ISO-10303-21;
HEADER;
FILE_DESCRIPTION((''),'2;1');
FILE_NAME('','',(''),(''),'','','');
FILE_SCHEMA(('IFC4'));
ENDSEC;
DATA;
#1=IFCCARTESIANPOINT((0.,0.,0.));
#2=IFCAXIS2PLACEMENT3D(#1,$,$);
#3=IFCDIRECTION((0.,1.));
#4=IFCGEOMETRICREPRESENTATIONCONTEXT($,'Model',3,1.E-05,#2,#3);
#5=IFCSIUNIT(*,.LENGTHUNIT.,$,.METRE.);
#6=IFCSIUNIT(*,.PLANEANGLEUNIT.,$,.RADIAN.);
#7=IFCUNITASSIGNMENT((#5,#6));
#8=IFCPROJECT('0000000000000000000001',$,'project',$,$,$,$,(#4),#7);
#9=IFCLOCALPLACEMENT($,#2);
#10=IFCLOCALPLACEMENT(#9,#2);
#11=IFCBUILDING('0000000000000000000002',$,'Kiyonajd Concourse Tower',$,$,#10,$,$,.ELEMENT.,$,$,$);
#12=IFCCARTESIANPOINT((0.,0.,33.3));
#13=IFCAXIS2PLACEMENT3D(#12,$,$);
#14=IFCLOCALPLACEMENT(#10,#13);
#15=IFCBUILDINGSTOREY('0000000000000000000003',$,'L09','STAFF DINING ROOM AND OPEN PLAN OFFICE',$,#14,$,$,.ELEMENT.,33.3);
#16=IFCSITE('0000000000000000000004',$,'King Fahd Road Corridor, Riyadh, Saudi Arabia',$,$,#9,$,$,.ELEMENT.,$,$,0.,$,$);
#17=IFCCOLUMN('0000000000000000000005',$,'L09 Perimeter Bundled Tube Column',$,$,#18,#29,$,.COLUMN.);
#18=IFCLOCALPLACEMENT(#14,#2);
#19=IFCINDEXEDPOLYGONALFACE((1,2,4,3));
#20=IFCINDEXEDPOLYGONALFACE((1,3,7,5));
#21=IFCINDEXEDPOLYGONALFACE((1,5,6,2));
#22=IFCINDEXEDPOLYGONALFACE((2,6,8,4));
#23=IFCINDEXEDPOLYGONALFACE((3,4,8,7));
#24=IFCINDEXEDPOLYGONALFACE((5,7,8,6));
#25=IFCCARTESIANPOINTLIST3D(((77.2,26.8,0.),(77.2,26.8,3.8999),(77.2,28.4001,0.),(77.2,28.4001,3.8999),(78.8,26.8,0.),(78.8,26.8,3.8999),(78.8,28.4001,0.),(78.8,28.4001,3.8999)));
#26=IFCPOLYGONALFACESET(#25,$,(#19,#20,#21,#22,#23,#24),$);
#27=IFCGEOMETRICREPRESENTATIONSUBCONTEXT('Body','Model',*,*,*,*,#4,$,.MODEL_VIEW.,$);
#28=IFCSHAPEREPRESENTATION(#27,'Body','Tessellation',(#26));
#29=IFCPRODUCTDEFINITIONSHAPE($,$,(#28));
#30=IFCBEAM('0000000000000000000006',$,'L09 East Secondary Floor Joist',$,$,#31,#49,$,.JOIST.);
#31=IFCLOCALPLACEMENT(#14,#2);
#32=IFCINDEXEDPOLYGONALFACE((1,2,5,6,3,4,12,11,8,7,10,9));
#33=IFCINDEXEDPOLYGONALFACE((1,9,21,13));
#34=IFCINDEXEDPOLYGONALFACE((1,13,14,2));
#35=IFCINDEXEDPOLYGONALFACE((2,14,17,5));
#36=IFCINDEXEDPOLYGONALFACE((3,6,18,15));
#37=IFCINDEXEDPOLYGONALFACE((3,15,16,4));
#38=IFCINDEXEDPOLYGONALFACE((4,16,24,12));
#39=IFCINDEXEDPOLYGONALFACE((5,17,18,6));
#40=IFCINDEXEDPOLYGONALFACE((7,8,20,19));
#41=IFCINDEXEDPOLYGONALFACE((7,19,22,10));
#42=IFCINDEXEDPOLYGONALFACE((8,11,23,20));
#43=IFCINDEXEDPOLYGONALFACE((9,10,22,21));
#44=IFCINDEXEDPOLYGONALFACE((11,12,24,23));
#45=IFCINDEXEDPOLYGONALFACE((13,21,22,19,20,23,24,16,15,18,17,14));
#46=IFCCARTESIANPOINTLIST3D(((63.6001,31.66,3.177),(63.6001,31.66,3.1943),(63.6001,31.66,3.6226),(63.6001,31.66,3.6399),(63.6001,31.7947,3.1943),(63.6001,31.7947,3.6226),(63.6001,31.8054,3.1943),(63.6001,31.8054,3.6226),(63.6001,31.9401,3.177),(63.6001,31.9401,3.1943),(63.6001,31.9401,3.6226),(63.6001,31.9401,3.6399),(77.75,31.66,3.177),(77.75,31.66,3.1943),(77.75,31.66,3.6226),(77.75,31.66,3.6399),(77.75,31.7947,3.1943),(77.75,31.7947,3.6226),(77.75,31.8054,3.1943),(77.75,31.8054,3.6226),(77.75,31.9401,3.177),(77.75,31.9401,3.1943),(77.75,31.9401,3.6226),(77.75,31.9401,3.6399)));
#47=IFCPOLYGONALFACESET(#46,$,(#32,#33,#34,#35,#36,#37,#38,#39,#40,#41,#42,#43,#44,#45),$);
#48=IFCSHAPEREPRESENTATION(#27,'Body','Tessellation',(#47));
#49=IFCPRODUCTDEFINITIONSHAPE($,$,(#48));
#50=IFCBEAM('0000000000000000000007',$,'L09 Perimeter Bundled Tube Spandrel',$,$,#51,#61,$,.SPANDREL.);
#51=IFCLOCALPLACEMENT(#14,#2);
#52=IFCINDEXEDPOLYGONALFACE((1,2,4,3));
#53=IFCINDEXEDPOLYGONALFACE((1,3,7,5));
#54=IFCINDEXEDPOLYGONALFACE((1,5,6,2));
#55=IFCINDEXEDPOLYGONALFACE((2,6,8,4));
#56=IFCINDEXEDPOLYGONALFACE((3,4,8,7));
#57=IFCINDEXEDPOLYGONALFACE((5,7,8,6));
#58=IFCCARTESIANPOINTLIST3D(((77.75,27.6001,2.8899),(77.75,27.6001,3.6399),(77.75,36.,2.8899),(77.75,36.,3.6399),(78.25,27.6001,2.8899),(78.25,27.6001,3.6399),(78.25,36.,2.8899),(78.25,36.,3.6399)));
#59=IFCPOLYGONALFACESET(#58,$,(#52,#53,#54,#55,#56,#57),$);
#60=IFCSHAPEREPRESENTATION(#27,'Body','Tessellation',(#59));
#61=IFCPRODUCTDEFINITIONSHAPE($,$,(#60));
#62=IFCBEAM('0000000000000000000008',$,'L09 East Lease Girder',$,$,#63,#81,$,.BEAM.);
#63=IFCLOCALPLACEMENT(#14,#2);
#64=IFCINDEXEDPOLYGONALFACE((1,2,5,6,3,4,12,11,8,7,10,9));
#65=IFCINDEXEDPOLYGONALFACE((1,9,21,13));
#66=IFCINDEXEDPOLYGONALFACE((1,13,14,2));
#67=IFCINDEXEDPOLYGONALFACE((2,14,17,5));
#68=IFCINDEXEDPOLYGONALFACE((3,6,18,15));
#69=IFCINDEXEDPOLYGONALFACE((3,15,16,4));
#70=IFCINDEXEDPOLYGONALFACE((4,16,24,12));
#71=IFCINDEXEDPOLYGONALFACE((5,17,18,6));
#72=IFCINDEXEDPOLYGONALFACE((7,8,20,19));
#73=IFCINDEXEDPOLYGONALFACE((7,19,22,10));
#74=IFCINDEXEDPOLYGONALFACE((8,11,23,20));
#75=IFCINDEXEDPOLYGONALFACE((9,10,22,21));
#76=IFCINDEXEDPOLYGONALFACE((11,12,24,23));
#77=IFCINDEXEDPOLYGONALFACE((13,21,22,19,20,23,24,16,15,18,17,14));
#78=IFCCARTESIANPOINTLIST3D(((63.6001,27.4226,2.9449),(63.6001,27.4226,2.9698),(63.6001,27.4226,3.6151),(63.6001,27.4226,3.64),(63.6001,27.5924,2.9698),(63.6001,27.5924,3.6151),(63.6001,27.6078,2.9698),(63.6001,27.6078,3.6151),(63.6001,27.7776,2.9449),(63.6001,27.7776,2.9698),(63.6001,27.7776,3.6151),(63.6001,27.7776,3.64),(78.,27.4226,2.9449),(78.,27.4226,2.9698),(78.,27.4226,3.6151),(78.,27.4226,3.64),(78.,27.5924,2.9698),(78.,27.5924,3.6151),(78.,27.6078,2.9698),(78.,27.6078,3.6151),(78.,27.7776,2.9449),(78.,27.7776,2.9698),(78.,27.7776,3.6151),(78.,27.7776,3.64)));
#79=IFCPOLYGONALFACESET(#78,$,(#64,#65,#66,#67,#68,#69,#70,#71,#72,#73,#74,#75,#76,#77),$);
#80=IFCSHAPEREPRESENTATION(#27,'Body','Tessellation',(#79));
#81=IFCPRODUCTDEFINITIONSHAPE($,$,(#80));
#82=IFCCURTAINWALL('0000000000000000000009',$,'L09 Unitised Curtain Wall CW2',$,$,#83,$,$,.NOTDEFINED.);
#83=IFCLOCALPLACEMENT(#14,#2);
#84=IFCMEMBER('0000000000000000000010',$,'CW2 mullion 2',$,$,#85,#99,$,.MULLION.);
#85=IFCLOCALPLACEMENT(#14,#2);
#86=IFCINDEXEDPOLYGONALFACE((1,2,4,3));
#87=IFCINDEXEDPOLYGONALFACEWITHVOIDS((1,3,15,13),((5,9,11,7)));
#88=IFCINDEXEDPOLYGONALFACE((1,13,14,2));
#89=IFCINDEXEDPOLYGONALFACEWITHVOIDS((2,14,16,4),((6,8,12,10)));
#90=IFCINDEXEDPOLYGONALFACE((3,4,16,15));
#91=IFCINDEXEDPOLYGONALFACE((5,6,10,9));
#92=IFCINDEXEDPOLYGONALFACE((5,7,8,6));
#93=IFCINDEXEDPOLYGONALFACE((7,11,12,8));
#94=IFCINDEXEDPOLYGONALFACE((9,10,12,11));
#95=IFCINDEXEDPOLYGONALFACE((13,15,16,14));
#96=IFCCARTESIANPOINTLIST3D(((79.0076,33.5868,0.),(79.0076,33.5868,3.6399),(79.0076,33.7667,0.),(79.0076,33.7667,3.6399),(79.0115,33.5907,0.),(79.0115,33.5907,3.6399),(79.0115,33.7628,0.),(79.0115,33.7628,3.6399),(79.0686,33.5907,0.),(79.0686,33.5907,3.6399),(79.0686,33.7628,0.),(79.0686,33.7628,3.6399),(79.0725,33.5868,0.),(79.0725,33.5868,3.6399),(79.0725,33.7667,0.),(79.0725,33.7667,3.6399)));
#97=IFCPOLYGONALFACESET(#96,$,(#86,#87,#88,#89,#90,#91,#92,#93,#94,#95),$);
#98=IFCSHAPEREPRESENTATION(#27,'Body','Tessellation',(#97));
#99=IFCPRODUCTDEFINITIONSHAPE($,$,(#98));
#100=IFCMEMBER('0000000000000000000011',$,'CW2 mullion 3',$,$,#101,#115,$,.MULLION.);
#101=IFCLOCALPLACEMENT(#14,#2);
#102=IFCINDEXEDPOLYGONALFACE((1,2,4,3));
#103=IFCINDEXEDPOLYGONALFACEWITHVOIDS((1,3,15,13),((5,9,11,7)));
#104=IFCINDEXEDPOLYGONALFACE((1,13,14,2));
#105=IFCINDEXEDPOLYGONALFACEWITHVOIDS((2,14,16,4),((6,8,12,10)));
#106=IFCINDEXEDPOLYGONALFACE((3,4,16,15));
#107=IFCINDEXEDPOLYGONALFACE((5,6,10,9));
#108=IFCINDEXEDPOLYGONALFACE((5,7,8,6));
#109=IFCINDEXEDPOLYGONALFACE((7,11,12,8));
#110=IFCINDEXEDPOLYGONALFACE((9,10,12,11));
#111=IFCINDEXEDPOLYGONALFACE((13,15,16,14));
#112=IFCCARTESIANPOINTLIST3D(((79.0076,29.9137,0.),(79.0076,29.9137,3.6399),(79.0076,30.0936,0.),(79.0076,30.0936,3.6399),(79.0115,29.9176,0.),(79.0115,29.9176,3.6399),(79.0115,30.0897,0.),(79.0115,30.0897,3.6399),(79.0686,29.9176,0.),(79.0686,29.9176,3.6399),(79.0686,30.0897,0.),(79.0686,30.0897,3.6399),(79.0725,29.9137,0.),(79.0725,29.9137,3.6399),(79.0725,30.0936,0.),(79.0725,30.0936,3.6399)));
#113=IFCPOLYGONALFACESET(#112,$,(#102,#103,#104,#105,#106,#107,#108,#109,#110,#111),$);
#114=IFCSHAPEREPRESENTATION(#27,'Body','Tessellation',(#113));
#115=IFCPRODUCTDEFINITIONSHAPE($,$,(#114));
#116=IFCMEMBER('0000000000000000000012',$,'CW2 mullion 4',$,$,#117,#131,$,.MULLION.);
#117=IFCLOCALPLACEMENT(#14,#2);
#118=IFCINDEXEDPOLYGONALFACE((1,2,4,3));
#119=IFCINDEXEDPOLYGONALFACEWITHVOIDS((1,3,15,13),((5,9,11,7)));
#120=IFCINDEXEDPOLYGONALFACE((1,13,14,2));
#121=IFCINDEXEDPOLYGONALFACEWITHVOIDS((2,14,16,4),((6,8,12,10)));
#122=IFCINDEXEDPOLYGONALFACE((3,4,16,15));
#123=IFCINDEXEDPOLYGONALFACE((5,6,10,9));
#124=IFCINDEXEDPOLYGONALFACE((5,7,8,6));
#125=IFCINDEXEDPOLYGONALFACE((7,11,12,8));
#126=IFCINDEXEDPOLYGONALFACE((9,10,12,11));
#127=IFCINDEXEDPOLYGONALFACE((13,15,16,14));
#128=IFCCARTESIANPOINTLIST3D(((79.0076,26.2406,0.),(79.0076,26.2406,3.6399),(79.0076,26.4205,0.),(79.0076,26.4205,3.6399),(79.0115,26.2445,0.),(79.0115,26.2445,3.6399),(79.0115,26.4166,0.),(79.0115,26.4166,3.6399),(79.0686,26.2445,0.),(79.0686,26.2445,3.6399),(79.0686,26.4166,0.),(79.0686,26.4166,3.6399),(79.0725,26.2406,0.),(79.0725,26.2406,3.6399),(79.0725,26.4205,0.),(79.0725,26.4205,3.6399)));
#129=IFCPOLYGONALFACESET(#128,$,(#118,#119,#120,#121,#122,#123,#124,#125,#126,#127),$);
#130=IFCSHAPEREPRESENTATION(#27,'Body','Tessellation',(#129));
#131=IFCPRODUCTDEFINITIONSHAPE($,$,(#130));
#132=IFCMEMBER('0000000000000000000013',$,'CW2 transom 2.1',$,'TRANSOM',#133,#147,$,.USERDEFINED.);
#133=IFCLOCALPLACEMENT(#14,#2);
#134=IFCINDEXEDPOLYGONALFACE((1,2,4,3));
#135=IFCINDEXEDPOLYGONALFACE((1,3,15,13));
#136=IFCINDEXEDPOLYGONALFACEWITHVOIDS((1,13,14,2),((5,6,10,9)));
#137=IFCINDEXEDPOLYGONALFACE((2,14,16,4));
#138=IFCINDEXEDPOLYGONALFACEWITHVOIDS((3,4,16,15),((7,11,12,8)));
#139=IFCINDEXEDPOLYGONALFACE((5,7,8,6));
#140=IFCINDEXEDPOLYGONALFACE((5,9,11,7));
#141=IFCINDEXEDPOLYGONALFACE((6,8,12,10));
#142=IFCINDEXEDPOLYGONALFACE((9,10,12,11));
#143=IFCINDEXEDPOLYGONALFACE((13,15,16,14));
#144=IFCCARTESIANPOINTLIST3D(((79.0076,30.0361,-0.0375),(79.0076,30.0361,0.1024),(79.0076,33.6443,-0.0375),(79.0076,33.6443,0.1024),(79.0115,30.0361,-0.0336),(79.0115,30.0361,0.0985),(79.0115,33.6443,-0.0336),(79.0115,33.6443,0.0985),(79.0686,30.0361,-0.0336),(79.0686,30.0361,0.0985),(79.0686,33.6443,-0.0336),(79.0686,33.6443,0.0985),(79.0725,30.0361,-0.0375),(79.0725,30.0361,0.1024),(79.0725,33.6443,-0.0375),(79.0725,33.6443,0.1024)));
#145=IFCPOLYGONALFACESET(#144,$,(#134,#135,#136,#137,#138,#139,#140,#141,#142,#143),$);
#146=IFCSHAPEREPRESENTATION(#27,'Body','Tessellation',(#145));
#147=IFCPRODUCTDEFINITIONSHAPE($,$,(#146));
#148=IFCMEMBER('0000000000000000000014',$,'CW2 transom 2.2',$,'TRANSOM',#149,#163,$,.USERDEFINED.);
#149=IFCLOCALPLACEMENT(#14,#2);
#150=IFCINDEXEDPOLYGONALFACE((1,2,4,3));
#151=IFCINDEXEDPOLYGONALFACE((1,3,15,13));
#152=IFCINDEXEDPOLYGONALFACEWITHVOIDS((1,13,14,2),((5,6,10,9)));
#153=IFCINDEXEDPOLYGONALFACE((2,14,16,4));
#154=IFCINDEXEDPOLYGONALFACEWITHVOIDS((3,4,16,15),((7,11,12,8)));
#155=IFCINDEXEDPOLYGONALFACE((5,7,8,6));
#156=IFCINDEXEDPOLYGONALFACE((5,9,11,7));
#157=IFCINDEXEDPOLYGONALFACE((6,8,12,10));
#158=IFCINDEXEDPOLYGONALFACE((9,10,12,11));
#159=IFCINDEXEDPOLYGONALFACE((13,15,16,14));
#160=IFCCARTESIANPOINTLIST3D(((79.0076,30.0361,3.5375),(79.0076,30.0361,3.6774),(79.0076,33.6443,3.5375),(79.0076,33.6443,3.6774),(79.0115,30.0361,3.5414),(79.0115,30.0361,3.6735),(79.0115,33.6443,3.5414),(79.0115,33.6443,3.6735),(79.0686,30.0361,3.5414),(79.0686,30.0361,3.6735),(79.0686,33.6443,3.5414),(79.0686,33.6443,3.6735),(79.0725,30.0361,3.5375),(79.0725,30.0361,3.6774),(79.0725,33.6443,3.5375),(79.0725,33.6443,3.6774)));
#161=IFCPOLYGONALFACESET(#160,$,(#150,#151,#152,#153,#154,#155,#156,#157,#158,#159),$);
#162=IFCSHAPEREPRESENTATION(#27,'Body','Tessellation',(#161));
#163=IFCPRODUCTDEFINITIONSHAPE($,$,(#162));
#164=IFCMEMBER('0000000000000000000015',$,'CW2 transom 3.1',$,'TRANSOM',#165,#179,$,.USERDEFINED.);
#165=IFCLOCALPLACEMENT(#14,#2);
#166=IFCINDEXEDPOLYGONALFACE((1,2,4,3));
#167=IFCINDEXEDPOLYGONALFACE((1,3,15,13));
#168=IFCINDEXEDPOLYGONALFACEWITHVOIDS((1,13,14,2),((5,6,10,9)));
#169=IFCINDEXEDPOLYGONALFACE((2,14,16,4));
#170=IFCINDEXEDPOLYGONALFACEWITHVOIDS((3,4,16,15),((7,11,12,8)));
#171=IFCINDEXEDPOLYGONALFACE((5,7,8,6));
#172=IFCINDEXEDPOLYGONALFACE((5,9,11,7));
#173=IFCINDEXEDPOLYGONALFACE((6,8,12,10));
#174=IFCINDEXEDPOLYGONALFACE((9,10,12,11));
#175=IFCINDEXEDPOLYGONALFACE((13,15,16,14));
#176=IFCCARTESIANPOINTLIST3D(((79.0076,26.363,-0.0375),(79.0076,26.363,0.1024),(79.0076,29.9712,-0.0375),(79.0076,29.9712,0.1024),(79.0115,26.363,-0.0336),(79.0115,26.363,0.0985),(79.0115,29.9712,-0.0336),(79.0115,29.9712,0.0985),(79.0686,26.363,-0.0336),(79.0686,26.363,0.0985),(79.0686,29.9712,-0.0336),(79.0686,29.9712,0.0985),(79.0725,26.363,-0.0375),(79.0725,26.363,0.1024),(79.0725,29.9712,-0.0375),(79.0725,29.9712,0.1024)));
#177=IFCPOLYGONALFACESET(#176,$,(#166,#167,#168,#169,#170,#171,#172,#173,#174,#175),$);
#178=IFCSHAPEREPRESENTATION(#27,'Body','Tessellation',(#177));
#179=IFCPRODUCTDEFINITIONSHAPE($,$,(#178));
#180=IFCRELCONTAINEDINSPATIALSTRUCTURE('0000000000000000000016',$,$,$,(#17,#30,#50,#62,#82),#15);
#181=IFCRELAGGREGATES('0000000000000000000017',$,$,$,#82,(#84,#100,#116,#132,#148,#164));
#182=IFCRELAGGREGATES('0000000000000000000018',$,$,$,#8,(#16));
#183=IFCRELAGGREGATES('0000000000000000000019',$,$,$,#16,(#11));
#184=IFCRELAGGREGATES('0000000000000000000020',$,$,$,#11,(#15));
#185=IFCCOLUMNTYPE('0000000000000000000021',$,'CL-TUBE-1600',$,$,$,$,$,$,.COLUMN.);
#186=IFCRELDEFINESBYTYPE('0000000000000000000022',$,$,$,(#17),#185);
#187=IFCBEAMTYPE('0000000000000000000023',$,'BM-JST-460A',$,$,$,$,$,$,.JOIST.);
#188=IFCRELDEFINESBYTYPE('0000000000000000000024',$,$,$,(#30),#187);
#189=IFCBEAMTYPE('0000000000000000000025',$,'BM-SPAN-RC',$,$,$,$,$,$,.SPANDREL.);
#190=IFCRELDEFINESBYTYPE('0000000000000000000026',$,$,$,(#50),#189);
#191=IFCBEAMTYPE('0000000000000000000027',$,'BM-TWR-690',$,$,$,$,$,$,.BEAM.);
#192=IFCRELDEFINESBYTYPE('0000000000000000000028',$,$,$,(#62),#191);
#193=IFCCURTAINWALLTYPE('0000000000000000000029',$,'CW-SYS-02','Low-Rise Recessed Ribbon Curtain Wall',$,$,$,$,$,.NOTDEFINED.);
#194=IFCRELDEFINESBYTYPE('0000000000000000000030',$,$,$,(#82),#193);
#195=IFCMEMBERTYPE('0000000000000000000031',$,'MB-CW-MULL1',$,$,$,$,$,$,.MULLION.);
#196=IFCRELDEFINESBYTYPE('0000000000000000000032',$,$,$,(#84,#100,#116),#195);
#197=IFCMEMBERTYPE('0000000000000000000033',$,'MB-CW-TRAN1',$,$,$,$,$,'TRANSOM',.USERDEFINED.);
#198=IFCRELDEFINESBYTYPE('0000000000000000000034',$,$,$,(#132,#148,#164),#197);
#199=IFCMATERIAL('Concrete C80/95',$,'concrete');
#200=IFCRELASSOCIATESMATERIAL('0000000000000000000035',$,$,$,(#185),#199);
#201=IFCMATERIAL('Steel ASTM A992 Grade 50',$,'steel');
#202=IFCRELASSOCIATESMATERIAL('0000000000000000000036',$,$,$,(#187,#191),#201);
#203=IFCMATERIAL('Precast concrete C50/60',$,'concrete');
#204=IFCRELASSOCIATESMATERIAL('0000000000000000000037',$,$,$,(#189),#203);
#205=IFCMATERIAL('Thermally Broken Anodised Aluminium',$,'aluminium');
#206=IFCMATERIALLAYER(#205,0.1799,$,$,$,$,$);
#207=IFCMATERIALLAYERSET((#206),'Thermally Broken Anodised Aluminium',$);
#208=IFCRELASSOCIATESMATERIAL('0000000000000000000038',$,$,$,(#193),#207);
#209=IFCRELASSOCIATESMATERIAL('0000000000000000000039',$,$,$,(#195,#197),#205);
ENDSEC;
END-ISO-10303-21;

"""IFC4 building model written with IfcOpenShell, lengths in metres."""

from ifc_helpers import new_model, si_unit, direction, frame, origin, origin_2d, place, context, subcontext, project, spatial, rectangle, hollow_rectangle, i_section, extrude, material, layer, layer_set, material_profile, profile_set, type_object, element, aggregate, save


model = new_model("IFC4")

# Units and contexts
model_context = context("Model", 3, precision=1e-05, world=origin(), true_north=direction((0.0, 1.0)))
body_context = subcontext(model_context, "Body", "Model", "MODEL_VIEW")
ifc_project = project(units=[si_unit("LENGTHUNIT", "METRE"), si_unit("PLANEANGLEUNIT", "RADIAN")], contexts=[model_context])

# Site, building, storey
site_placement = place(None, origin())
site = spatial("IfcSite", under=ifc_project, at=site_placement, Name="King Fahd Road Corridor, Riyadh, Saudi Arabia", CompositionType="ELEMENT", RefElevation=0.0)
building_placement = place(site_placement, origin())
building = spatial("IfcBuilding", under=site, at=building_placement, Name="Kiyonajd Concourse Tower", CompositionType="ELEMENT")
storey_placement = place(building_placement, frame((0.0, 0.0, 33.3)))
storey = spatial("IfcBuildingStorey", under=building, at=storey_placement, Name="L09", Description="STAFF DINING ROOM AND OPEN PLAN OFFICE", CompositionType="ELEMENT", Elevation=33.3)

# Column
ifc_material_1 = material(Name="Concrete C80/95", Category="concrete")
ifc_material_profile_1 = material_profile(ifc_material_1, rectangle(XDim=1.6001, YDim=1.6001, at=origin_2d()), Name="RC-1600x1600")
ifc_profile_set_1 = profile_set([ifc_material_profile_1], Name="Concrete C80/95")
column_type = type_object("IfcColumnType", Name="CL-TUBE-1600", PredefinedType="COLUMN", material=ifc_profile_set_1)
column_placement = place(storey_placement, frame((78.0, 27.6001, 0.0), z_axis=(0.0, 0.0, 1.0), x_axis=(1.0, 0.0, 0.0)))
element("IfcColumn", 1, at=column_placement, inside=storey, type_object=column_type, Name="L09 Perimeter Bundled Tube Column", PredefinedType="COLUMN", context=body_context, shape_type="SweptSolid", body=[
    extrude(rectangle(XDim=1.6001, YDim=1.6001, at=origin_2d()), origin(), (0.0, 0.0, 1.0), 3.8999),
])

# Beams
ifc_material_2 = material(Name="Steel ASTM A992 Grade 50", Category="steel")
ifc_material_profile_2 = material_profile(ifc_material_2, i_section(OverallWidth=0.28, OverallDepth=0.4629, WebThickness=0.0107, FlangeThickness=0.0173, at=origin_2d()), Name="W460X113")
ifc_profile_set_2 = profile_set([ifc_material_profile_2], Name="Steel ASTM A992 Grade 50")
beam_type_1 = type_object("IfcBeamType", Name="BM-JST-460A", PredefinedType="JOIST", material=ifc_profile_set_2)
beam_1_placement = place(storey_placement, frame((63.6001, 31.8, 3.4084), z_axis=(1.0, 0.0, 0.0), x_axis=(0.0, 1.0, 0.0)))
element("IfcBeam", 2, at=beam_1_placement, inside=storey, type_object=beam_type_1, Name="L09 East Secondary Floor Joist", PredefinedType="JOIST", context=body_context, shape_type="SweptSolid", body=[
    extrude(i_section(OverallWidth=0.28, OverallDepth=0.4629, WebThickness=0.0107, FlangeThickness=0.0173, at=origin_2d()), origin(), (0.0, 0.0, 1.0), 14.1499),
])
ifc_material_3 = material(Name="Precast concrete C50/60", Category="concrete")
ifc_material_profile_3 = material_profile(ifc_material_3, rectangle(XDim=0.5, YDim=0.75, at=origin_2d()), Name="RCBM-500x750")
ifc_profile_set_3 = profile_set([ifc_material_profile_3], Name="Precast concrete C50/60")
beam_type_2 = type_object("IfcBeamType", Name="BM-SPAN-RC", PredefinedType="SPANDREL", material=ifc_profile_set_3)
beam_2_placement = place(storey_placement, frame((78.0, 27.6001, 3.2649), z_axis=(0.0, 1.0, 0.0), x_axis=(-1.0, 0.0, 0.0)))
element("IfcBeam", 3, at=beam_2_placement, inside=storey, type_object=beam_type_2, Name="L09 Perimeter Bundled Tube Spandrel", PredefinedType="SPANDREL", context=body_context, shape_type="SweptSolid", body=[
    extrude(rectangle(XDim=0.5, YDim=0.75, at=origin_2d()), origin(), (0.0, 0.0, 1.0), 8.3999),
])
ifc_material_profile_4 = material_profile(ifc_material_2, i_section(OverallWidth=0.355, OverallDepth=0.6951, WebThickness=0.0154, FlangeThickness=0.0249, at=origin_2d()), Name="W690X217")
ifc_profile_set_4 = profile_set([ifc_material_profile_4], Name="Steel ASTM A992 Grade 50")
beam_type_3 = type_object("IfcBeamType", Name="BM-TWR-690", PredefinedType="BEAM", material=ifc_profile_set_4)
beam_3_placement = place(storey_placement, frame((63.6001, 27.6001, 3.2925), z_axis=(1.0, 0.0, 0.0), x_axis=(0.0, 1.0, 0.0)))
element("IfcBeam", 4, at=beam_3_placement, inside=storey, type_object=beam_type_3, Name="L09 East Lease Girder", PredefinedType="BEAM", context=body_context, shape_type="SweptSolid", body=[
    extrude(i_section(OverallWidth=0.355, OverallDepth=0.6951, WebThickness=0.0154, FlangeThickness=0.0249, at=origin_2d()), origin(), (0.0, 0.0, 1.0), 14.3999),
])

# Curtain wall, members
ifc_material_4 = material(Name="Thermally Broken Anodised Aluminium", Category="aluminium")
ifc_layer_1 = layer(ifc_material_4, 0.1799)
ifc_layer_set_1 = layer_set([ifc_layer_1], Name="Thermally Broken Anodised Aluminium")
curtain_wall_type = type_object("IfcCurtainWallType", Name="CW-SYS-02", Description="Low-Rise Recessed Ribbon Curtain Wall", PredefinedType="NOTDEFINED", material=ifc_layer_set_1)
curtain_wall_placement = place(storey_placement, origin())
curtain_wall = element("IfcCurtainWall", 5, at=curtain_wall_placement, inside=storey, type_object=curtain_wall_type, Name="L09 Unitised Curtain Wall CW2", PredefinedType="NOTDEFINED")
ifc_material_profile_5 = material_profile(ifc_material_4, hollow_rectangle(XDim=0.0649, YDim=0.1799, WallThickness=0.0039, at=origin_2d()), Name="MULL-65x180")
ifc_profile_set_5 = profile_set([ifc_material_profile_5], Name="Thermally Broken Anodised Aluminium")
member_type_1 = type_object("IfcMemberType", Name="MB-CW-MULL1", PredefinedType="MULLION", material=ifc_profile_set_5)
member_1_placement = place(storey_placement, frame((79.04, 33.6768, 0.0), z_axis=(0.0, 0.0, 1.0), x_axis=(1.0, 0.0, 0.0)))
member_1 = element("IfcMember", 6, at=member_1_placement, type_object=member_type_1, Name="CW2 mullion 2", PredefinedType="MULLION", context=body_context, shape_type="SweptSolid", body=[
    extrude(hollow_rectangle(XDim=0.0649, YDim=0.1799, WallThickness=0.0039, at=origin_2d()), origin(), (0.0, 0.0, 1.0), 3.6399),
])
member_2_placement = place(storey_placement, frame((79.04, 30.0037, 0.0), z_axis=(0.0, 0.0, 1.0), x_axis=(1.0, 0.0, 0.0)))
member_2 = element("IfcMember", 7, at=member_2_placement, type_object=member_type_1, Name="CW2 mullion 3", PredefinedType="MULLION", context=body_context, shape_type="SweptSolid", body=[
    extrude(hollow_rectangle(XDim=0.0649, YDim=0.1799, WallThickness=0.0039, at=origin_2d()), origin(), (0.0, 0.0, 1.0), 3.6399),
])
member_3_placement = place(storey_placement, frame((79.04, 26.3306, 0.0), z_axis=(0.0, 0.0, 1.0), x_axis=(1.0, 0.0, 0.0)))
member_3 = element("IfcMember", 8, at=member_3_placement, type_object=member_type_1, Name="CW2 mullion 4", PredefinedType="MULLION", context=body_context, shape_type="SweptSolid", body=[
    extrude(hollow_rectangle(XDim=0.0649, YDim=0.1799, WallThickness=0.0039, at=origin_2d()), origin(), (0.0, 0.0, 1.0), 3.6399),
])
ifc_material_profile_6 = material_profile(ifc_material_4, hollow_rectangle(XDim=0.0649, YDim=0.1399, WallThickness=0.0039, at=origin_2d()), Name="TRAN-65x140")
ifc_profile_set_6 = profile_set([ifc_material_profile_6], Name="Thermally Broken Anodised Aluminium")
member_type_2 = type_object("IfcMemberType", Name="MB-CW-TRAN1", ElementType="TRANSOM", PredefinedType="USERDEFINED", material=ifc_profile_set_6)
member_4_placement = place(storey_placement, frame((79.04, 33.6443, 0.0325), z_axis=(0.0, -1.0, 0.0), x_axis=(1.0, 0.0, 0.0)))
member_4 = element("IfcMember", 9, at=member_4_placement, type_object=member_type_2, Name="CW2 transom 2.1", ObjectType="TRANSOM", PredefinedType="USERDEFINED", context=body_context, shape_type="SweptSolid", body=[
    extrude(hollow_rectangle(XDim=0.0649, YDim=0.1399, WallThickness=0.0039, at=origin_2d()), origin(), (0.0, 0.0, 1.0), 3.6082),
])
member_5_placement = place(storey_placement, frame((79.04, 33.6443, 3.6074), z_axis=(0.0, -1.0, 0.0), x_axis=(1.0, 0.0, 0.0)))
member_5 = element("IfcMember", 10, at=member_5_placement, type_object=member_type_2, Name="CW2 transom 2.2", ObjectType="TRANSOM", PredefinedType="USERDEFINED", context=body_context, shape_type="SweptSolid", body=[
    extrude(hollow_rectangle(XDim=0.0649, YDim=0.1399, WallThickness=0.0039, at=origin_2d()), origin(), (0.0, 0.0, 1.0), 3.6082),
])
member_6_placement = place(storey_placement, frame((79.04, 29.9712, 0.0325), z_axis=(0.0, -1.0, 0.0), x_axis=(1.0, 0.0, 0.0)))
member_6 = element("IfcMember", 11, at=member_6_placement, type_object=member_type_2, Name="CW2 transom 3.1", ObjectType="TRANSOM", PredefinedType="USERDEFINED", context=body_context, shape_type="SweptSolid", body=[
    extrude(hollow_rectangle(XDim=0.0649, YDim=0.1399, WallThickness=0.0039, at=origin_2d()), origin(), (0.0, 0.0, 1.0), 3.6082),
])
aggregate(curtain_wall, [member_1, member_2, member_3, member_4, member_5, member_6])

save(model, "model.ifc")
